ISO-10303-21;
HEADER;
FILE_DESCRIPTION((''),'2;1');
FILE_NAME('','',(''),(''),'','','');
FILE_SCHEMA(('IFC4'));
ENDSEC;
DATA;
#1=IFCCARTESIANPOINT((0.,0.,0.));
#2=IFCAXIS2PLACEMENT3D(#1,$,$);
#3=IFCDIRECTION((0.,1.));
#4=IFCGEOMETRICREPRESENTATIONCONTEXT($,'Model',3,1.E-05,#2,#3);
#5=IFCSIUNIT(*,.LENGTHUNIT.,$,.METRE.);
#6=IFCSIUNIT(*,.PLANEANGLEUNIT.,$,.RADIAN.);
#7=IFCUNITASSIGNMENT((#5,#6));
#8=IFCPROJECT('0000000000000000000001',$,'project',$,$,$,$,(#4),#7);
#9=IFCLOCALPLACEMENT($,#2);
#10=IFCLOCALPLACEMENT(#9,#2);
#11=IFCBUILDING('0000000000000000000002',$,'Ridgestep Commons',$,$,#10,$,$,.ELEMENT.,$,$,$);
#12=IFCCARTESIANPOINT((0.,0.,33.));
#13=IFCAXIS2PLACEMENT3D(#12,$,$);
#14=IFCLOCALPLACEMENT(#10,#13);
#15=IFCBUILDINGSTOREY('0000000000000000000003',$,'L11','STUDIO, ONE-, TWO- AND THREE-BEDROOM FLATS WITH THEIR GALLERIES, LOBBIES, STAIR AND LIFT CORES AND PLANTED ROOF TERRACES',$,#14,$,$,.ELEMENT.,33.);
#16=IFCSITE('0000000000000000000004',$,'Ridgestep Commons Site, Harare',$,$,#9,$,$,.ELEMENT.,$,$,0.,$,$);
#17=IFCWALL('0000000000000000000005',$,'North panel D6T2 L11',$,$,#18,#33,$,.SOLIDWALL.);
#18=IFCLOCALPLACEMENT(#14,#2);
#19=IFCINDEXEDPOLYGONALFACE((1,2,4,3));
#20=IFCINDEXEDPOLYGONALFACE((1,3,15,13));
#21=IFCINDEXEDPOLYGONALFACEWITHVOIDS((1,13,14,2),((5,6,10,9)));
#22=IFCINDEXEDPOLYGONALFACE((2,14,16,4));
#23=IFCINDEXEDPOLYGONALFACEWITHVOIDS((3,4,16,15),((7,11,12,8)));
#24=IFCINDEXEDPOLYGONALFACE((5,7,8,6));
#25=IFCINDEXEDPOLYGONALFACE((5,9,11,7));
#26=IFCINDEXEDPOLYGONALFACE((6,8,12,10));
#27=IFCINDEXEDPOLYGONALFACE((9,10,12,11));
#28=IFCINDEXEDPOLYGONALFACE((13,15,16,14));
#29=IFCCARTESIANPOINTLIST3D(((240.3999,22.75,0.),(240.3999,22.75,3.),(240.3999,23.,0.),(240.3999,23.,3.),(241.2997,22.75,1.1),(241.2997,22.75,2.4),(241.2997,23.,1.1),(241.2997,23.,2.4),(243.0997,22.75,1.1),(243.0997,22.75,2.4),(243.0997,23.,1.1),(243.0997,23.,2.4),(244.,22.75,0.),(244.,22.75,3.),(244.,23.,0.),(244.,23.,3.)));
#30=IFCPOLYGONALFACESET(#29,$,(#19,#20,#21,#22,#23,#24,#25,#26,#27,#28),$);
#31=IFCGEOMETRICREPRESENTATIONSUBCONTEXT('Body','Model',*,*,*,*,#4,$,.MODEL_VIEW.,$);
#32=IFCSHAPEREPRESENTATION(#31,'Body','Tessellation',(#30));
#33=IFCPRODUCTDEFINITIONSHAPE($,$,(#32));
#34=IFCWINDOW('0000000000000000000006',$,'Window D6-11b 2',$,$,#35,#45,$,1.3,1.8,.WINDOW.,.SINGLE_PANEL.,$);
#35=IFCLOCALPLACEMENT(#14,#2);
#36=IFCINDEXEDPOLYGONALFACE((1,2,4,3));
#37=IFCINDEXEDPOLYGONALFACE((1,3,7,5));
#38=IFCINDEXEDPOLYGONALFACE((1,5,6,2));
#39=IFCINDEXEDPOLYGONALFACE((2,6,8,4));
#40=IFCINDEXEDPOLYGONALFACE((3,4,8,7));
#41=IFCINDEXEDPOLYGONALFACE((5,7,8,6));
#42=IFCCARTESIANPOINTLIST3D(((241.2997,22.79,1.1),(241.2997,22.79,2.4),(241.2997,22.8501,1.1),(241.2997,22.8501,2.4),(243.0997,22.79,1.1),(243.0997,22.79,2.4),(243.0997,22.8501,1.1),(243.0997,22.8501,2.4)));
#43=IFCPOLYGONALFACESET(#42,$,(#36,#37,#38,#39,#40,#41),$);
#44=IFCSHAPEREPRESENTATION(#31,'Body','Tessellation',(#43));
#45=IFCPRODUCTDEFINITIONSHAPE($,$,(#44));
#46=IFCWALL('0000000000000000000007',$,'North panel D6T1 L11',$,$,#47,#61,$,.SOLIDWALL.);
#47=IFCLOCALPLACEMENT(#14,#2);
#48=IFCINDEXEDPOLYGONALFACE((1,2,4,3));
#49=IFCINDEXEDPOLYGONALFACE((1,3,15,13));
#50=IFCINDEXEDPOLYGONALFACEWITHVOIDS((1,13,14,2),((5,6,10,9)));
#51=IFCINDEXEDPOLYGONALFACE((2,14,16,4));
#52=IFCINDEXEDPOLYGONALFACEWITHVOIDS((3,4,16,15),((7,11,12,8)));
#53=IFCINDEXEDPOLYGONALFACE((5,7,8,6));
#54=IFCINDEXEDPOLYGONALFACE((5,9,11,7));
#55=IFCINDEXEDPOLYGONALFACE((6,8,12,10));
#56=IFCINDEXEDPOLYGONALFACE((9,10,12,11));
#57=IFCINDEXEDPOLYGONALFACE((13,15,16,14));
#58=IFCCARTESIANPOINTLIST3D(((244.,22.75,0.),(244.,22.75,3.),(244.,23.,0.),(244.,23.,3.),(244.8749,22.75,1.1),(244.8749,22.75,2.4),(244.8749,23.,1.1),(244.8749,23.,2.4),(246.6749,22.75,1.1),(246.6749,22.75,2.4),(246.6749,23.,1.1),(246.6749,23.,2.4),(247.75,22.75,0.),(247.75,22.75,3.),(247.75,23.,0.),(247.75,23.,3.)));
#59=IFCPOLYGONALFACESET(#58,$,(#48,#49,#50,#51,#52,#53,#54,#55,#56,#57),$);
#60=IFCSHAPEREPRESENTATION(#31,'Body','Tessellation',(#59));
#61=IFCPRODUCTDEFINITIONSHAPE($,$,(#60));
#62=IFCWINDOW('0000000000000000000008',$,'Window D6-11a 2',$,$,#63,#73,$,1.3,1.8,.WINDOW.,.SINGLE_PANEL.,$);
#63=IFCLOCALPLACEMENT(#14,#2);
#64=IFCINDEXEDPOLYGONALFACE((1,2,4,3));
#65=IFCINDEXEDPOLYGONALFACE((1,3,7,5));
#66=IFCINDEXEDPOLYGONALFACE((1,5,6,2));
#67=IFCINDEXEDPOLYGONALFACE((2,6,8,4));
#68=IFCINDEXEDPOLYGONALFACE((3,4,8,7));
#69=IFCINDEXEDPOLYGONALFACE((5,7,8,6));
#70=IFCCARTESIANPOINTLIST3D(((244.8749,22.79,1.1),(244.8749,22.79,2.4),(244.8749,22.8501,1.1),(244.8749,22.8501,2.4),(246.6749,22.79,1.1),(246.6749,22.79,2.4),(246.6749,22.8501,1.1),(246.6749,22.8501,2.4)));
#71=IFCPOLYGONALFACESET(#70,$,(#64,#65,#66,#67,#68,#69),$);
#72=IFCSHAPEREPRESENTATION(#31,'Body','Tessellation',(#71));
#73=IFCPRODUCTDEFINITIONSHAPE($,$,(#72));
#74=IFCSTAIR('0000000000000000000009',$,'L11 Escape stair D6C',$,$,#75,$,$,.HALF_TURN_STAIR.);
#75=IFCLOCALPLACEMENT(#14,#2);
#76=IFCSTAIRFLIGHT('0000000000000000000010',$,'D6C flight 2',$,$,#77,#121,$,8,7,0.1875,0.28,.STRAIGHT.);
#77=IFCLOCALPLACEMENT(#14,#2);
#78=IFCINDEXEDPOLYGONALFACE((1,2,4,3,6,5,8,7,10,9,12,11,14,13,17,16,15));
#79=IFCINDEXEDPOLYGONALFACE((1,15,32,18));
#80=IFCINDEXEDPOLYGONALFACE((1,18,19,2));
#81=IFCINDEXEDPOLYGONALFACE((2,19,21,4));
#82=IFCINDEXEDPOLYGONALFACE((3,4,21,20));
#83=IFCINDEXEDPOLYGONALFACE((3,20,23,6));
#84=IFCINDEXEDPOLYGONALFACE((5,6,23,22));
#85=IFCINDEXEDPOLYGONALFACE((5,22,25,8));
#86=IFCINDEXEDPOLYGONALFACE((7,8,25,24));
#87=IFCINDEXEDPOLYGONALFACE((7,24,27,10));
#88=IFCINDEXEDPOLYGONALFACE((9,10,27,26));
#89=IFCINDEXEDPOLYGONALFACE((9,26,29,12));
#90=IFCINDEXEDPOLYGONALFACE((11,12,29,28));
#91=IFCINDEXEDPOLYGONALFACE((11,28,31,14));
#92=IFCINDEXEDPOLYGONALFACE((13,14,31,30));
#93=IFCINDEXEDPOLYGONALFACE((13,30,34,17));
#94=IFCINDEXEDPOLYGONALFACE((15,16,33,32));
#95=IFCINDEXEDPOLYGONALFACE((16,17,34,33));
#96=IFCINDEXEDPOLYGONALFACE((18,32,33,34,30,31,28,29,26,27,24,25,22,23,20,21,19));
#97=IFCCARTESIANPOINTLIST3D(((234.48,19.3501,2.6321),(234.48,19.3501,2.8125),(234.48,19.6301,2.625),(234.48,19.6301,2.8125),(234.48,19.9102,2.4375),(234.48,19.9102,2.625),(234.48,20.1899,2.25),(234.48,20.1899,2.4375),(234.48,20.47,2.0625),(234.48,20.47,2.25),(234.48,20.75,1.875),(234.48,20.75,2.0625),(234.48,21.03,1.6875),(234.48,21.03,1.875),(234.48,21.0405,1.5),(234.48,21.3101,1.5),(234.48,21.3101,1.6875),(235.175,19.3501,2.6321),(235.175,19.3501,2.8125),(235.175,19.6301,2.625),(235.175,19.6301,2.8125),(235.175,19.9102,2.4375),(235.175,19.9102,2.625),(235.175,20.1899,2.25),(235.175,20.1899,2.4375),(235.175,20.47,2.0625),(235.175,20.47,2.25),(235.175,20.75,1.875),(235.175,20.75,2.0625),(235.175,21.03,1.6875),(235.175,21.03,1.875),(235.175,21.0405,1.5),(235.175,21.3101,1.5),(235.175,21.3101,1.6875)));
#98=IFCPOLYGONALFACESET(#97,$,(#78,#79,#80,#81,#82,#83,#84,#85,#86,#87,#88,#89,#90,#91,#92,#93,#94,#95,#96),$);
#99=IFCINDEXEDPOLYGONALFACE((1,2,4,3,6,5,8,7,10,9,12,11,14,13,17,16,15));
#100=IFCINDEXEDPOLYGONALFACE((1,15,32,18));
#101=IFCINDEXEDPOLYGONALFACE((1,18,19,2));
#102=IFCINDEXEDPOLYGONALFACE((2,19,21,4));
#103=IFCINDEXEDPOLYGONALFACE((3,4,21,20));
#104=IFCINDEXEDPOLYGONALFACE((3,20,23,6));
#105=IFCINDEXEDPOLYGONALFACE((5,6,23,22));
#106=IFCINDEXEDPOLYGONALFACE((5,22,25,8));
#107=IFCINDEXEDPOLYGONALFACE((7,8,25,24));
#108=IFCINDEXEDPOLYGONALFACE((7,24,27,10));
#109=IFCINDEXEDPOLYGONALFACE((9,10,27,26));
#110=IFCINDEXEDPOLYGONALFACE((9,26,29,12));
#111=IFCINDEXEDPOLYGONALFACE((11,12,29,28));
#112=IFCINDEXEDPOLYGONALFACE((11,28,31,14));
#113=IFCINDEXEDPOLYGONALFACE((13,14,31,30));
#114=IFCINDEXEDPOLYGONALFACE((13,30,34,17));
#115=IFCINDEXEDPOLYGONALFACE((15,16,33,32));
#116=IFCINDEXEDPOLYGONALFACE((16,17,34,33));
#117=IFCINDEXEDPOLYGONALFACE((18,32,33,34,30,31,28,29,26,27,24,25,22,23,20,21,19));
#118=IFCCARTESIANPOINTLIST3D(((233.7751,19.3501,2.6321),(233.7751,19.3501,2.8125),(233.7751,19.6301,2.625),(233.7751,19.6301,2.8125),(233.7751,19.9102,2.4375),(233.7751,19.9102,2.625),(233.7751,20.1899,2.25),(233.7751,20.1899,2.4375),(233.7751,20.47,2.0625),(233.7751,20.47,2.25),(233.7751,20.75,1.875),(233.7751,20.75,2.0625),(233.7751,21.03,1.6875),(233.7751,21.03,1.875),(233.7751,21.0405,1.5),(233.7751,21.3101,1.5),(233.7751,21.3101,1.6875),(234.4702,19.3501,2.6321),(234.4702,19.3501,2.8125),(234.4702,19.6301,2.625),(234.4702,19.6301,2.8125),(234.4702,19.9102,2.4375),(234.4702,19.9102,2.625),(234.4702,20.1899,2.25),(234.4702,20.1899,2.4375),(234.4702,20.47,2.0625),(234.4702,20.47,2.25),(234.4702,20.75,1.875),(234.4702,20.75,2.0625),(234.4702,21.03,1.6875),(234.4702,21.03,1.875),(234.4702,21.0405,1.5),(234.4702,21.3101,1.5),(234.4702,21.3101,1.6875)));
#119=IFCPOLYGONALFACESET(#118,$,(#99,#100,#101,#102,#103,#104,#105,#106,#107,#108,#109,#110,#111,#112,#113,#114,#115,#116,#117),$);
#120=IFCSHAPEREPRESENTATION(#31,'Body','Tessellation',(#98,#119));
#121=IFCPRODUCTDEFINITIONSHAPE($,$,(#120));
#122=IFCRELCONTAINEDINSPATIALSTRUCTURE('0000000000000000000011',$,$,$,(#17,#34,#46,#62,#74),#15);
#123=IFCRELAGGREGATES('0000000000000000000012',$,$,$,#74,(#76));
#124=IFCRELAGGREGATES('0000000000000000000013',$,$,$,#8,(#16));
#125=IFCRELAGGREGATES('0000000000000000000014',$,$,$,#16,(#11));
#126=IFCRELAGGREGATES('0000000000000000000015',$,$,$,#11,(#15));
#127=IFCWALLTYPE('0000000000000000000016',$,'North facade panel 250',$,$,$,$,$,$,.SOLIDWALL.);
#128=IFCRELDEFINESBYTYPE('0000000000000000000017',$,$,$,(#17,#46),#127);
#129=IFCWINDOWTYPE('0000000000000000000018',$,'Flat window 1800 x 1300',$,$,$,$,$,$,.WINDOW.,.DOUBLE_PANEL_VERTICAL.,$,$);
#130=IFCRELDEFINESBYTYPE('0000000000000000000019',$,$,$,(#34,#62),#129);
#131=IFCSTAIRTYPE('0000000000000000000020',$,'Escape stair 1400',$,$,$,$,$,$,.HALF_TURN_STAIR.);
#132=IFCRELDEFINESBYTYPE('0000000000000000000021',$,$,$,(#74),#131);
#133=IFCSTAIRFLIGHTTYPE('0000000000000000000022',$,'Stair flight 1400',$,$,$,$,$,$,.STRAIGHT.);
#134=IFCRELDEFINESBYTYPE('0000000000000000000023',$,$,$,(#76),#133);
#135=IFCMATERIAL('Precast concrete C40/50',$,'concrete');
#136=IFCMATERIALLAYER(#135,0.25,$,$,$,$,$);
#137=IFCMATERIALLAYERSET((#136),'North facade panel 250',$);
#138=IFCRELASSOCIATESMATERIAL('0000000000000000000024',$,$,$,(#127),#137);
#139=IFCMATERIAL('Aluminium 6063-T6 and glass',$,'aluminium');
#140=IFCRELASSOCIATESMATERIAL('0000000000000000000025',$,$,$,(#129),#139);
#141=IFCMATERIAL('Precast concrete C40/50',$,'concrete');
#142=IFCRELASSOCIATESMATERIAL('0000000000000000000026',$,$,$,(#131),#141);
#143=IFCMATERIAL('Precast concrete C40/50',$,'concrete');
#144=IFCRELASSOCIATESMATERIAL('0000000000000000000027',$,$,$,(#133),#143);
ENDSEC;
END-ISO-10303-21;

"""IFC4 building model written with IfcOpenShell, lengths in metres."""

from ifc_helpers import new_model, si_unit, direction, frame, frame_2d, origin, place, context, subcontext, project, spatial, polyline, rectangle, outline, extrude, material, layer, layer_set, type_object, element, fill, aggregate, save


model = new_model("IFC4")

# Units and contexts
model_context = context("Model", 3, precision=1e-05, world=origin(), true_north=direction((0.0, 1.0)))
body_context = subcontext(model_context, "Body", "Model", "MODEL_VIEW")
ifc_project = project(units=[si_unit("LENGTHUNIT", "METRE"), si_unit("PLANEANGLEUNIT", "RADIAN")], contexts=[model_context])

# Site, building, storey
site_placement = place(None, origin())
site = spatial("IfcSite", under=ifc_project, at=site_placement, Name="Ridgestep Commons Site, Harare", CompositionType="ELEMENT", RefElevation=0.0)
building_placement = place(site_placement, origin())
building = spatial("IfcBuilding", under=site, at=building_placement, Name="Ridgestep Commons", CompositionType="ELEMENT")
storey_placement = place(building_placement, frame((0.0, 0.0, 33.0)))
storey = spatial("IfcBuildingStorey", under=building, at=storey_placement, Name="L11", Description="STUDIO, ONE-, TWO- AND THREE-BEDROOM FLATS WITH THEIR GALLERIES, LOBBIES, STAIR AND LIFT CORES AND PLANTED ROOF TERRACES", CompositionType="ELEMENT", Elevation=33.0)

# Walls, openings, windows
ifc_material_1 = material(Name="Precast concrete C40/50", Category="concrete")
ifc_layer_1 = layer(ifc_material_1, 0.25)
ifc_layer_set_1 = layer_set([ifc_layer_1], Name="North facade panel 250")
wall_type = type_object("IfcWallType", Name="North facade panel 250", PredefinedType="SOLIDWALL", material=ifc_layer_set_1)
ifc_material_2 = material(Name="Aluminium 6063-T6 and glass", Category="aluminium")
window_type = type_object("IfcWindowType", Name="Flat window 1800 x 1300", PartitioningType="DOUBLE_PANEL_VERTICAL", PredefinedType="WINDOW", material=ifc_material_2)
wall_1_placement = place(storey_placement, frame((240.3999, 22.875, 0.0), z_axis=(0.0, 0.0, 1.0), x_axis=(1.0, 0.0, 0.0)))
wall_1 = element("IfcWall", 1, at=wall_1_placement, inside=storey, type_object=wall_type, Name="North panel D6T2 L11", PredefinedType="SOLIDWALL", context=body_context, shape_type="SweptSolid", body=[
    extrude(rectangle(XDim=3.6001, YDim=0.25, at=frame_2d((1.8, 0.0))), origin(), (0.0, 0.0, 1.0), 3.0),
])
opening_1_placement = place(wall_1_placement, frame((0.8999, 0.0, 1.1001)))
opening_1 = element("IfcOpeningElement", 2, at=opening_1_placement, cuts=wall_1, PredefinedType="OPENING", context=body_context, shape_type="SweptSolid", body=[
    extrude(rectangle(XDim=1.8, YDim=1.3, at=frame_2d((0.8999, 0.6499))), frame((0.0, 0.135, 0.0), z_axis=(0.0, -1.0, 0.0), x_axis=(1.0, 0.0, 0.0)), (0.0, 0.0, 1.0), 0.27),
])
window_1_placement = place(opening_1_placement, origin())
window_1 = element("IfcWindow", 3, at=window_1_placement, inside=storey, type_object=window_type, Name="Window D6-11b 2", OverallHeight=1.3, OverallWidth=1.8, PartitioningType="SINGLE_PANEL", PredefinedType="WINDOW", context=body_context, shape_type="SweptSolid", body=[
    extrude(rectangle(XDim=1.8, YDim=1.3, at=frame_2d((0.8999, 0.6499))), frame((0.0, -0.0249, 0.0), z_axis=(0.0, -1.0, 0.0), x_axis=(1.0, 0.0, 0.0)), (0.0, 0.0, 1.0), 0.0601),
])
fill(opening_1, window_1)
wall_2_placement = place(storey_placement, frame((244.0, 22.875, 0.0), z_axis=(0.0, 0.0, 1.0), x_axis=(1.0, 0.0, 0.0)))
wall_2 = element("IfcWall", 4, at=wall_2_placement, inside=storey, type_object=wall_type, Name="North panel D6T1 L11", PredefinedType="SOLIDWALL", context=body_context, shape_type="SweptSolid", body=[
    extrude(rectangle(XDim=3.75, YDim=0.25, at=frame_2d((1.875, 0.0))), origin(), (0.0, 0.0, 1.0), 3.0),
])
opening_2_placement = place(wall_2_placement, frame((0.875, 0.0, 1.1001)))
opening_2 = element("IfcOpeningElement", 5, at=opening_2_placement, cuts=wall_2, PredefinedType="OPENING", context=body_context, shape_type="SweptSolid", body=[
    extrude(rectangle(XDim=1.8, YDim=1.3, at=frame_2d((0.8999, 0.6499))), frame((0.0, 0.135, 0.0), z_axis=(0.0, -1.0, 0.0), x_axis=(1.0, 0.0, 0.0)), (0.0, 0.0, 1.0), 0.27),
])
window_2_placement = place(opening_2_placement, origin())
window_2 = element("IfcWindow", 6, at=window_2_placement, inside=storey, type_object=window_type, Name="Window D6-11a 2", OverallHeight=1.3, OverallWidth=1.8, PartitioningType="SINGLE_PANEL", PredefinedType="WINDOW", context=body_context, shape_type="SweptSolid", body=[
    extrude(rectangle(XDim=1.8, YDim=1.3, at=frame_2d((0.8999, 0.6499))), frame((0.0, -0.0249, 0.0), z_axis=(0.0, -1.0, 0.0), x_axis=(1.0, 0.0, 0.0)), (0.0, 0.0, 1.0), 0.0601),
])
fill(opening_2, window_2)

# Stair, stair flight
ifc_material_3 = material(Name="Precast concrete C40/50", Category="concrete")
stair_type = type_object("IfcStairType", Name="Escape stair 1400", PredefinedType="HALF_TURN_STAIR", material=ifc_material_3)
stair_placement = place(storey_placement, origin())
stair = element("IfcStair", 7, at=stair_placement, inside=storey, type_object=stair_type, Name="L11 Escape stair D6C", PredefinedType="HALF_TURN_STAIR")
ifc_material_4 = material(Name="Precast concrete C40/50", Category="concrete")
stair_flight_type = type_object("IfcStairFlightType", Name="Stair flight 1400", PredefinedType="STRAIGHT", material=ifc_material_4)
stair_flight_placement = place(storey_placement, frame((234.4751, 21.3101, 1.5), z_axis=(0.0, 0.0, 1.0), x_axis=(0.0, -1.0, 0.0)))
stair_flight = element("IfcStairFlight", 8, at=stair_flight_placement, type_object=stair_flight_type, Name="D6C flight 2", NumberOfRisers=8, NumberOfTreads=7, PredefinedType="STRAIGHT", RiserHeight=0.1875, TreadLength=0.28, context=body_context, shape_type="SweptSolid", body=[
    extrude(outline(polyline([(0.0, 0.0), (0.0, 0.1875), (0.28, 0.1875), (0.28, 0.375), (0.5601, 0.375), (0.5601, 0.5625), (0.8401, 0.5625), (0.8401, 0.75), (1.1201, 0.75), (1.1201, 0.9375), (1.3999, 0.9375), (1.3999, 1.125), (1.6799, 1.125), (1.6799, 1.3125), (1.96, 1.3125), (1.96, 1.5), (1.96, 1.1321), (0.2695, 0.0), (0.0, 0.0)])), frame((0.0, 0.7, 0.0), z_axis=(0.0, -1.0, 0.0), x_axis=(1.0, 0.0, 0.0)), (0.0, 0.0, 1.0), 0.6951),
    extrude(outline(polyline([(0.0, 0.0), (0.0, 0.1875), (0.28, 0.1875), (0.28, 0.375), (0.5601, 0.375), (0.5601, 0.5625), (0.8401, 0.5625), (0.8401, 0.75), (1.1201, 0.75), (1.1201, 0.9375), (1.3999, 0.9375), (1.3999, 1.125), (1.6799, 1.125), (1.6799, 1.3125), (1.96, 1.3125), (1.96, 1.5), (1.96, 1.1321), (0.2695, 0.0), (0.0, 0.0)])), frame((0.0, -0.0049, 0.0), z_axis=(0.0, -1.0, 0.0), x_axis=(1.0, 0.0, 0.0)), (0.0, 0.0, 1.0), 0.6951),
])
aggregate(stair, [stair_flight])

save(model, "model.ifc")
